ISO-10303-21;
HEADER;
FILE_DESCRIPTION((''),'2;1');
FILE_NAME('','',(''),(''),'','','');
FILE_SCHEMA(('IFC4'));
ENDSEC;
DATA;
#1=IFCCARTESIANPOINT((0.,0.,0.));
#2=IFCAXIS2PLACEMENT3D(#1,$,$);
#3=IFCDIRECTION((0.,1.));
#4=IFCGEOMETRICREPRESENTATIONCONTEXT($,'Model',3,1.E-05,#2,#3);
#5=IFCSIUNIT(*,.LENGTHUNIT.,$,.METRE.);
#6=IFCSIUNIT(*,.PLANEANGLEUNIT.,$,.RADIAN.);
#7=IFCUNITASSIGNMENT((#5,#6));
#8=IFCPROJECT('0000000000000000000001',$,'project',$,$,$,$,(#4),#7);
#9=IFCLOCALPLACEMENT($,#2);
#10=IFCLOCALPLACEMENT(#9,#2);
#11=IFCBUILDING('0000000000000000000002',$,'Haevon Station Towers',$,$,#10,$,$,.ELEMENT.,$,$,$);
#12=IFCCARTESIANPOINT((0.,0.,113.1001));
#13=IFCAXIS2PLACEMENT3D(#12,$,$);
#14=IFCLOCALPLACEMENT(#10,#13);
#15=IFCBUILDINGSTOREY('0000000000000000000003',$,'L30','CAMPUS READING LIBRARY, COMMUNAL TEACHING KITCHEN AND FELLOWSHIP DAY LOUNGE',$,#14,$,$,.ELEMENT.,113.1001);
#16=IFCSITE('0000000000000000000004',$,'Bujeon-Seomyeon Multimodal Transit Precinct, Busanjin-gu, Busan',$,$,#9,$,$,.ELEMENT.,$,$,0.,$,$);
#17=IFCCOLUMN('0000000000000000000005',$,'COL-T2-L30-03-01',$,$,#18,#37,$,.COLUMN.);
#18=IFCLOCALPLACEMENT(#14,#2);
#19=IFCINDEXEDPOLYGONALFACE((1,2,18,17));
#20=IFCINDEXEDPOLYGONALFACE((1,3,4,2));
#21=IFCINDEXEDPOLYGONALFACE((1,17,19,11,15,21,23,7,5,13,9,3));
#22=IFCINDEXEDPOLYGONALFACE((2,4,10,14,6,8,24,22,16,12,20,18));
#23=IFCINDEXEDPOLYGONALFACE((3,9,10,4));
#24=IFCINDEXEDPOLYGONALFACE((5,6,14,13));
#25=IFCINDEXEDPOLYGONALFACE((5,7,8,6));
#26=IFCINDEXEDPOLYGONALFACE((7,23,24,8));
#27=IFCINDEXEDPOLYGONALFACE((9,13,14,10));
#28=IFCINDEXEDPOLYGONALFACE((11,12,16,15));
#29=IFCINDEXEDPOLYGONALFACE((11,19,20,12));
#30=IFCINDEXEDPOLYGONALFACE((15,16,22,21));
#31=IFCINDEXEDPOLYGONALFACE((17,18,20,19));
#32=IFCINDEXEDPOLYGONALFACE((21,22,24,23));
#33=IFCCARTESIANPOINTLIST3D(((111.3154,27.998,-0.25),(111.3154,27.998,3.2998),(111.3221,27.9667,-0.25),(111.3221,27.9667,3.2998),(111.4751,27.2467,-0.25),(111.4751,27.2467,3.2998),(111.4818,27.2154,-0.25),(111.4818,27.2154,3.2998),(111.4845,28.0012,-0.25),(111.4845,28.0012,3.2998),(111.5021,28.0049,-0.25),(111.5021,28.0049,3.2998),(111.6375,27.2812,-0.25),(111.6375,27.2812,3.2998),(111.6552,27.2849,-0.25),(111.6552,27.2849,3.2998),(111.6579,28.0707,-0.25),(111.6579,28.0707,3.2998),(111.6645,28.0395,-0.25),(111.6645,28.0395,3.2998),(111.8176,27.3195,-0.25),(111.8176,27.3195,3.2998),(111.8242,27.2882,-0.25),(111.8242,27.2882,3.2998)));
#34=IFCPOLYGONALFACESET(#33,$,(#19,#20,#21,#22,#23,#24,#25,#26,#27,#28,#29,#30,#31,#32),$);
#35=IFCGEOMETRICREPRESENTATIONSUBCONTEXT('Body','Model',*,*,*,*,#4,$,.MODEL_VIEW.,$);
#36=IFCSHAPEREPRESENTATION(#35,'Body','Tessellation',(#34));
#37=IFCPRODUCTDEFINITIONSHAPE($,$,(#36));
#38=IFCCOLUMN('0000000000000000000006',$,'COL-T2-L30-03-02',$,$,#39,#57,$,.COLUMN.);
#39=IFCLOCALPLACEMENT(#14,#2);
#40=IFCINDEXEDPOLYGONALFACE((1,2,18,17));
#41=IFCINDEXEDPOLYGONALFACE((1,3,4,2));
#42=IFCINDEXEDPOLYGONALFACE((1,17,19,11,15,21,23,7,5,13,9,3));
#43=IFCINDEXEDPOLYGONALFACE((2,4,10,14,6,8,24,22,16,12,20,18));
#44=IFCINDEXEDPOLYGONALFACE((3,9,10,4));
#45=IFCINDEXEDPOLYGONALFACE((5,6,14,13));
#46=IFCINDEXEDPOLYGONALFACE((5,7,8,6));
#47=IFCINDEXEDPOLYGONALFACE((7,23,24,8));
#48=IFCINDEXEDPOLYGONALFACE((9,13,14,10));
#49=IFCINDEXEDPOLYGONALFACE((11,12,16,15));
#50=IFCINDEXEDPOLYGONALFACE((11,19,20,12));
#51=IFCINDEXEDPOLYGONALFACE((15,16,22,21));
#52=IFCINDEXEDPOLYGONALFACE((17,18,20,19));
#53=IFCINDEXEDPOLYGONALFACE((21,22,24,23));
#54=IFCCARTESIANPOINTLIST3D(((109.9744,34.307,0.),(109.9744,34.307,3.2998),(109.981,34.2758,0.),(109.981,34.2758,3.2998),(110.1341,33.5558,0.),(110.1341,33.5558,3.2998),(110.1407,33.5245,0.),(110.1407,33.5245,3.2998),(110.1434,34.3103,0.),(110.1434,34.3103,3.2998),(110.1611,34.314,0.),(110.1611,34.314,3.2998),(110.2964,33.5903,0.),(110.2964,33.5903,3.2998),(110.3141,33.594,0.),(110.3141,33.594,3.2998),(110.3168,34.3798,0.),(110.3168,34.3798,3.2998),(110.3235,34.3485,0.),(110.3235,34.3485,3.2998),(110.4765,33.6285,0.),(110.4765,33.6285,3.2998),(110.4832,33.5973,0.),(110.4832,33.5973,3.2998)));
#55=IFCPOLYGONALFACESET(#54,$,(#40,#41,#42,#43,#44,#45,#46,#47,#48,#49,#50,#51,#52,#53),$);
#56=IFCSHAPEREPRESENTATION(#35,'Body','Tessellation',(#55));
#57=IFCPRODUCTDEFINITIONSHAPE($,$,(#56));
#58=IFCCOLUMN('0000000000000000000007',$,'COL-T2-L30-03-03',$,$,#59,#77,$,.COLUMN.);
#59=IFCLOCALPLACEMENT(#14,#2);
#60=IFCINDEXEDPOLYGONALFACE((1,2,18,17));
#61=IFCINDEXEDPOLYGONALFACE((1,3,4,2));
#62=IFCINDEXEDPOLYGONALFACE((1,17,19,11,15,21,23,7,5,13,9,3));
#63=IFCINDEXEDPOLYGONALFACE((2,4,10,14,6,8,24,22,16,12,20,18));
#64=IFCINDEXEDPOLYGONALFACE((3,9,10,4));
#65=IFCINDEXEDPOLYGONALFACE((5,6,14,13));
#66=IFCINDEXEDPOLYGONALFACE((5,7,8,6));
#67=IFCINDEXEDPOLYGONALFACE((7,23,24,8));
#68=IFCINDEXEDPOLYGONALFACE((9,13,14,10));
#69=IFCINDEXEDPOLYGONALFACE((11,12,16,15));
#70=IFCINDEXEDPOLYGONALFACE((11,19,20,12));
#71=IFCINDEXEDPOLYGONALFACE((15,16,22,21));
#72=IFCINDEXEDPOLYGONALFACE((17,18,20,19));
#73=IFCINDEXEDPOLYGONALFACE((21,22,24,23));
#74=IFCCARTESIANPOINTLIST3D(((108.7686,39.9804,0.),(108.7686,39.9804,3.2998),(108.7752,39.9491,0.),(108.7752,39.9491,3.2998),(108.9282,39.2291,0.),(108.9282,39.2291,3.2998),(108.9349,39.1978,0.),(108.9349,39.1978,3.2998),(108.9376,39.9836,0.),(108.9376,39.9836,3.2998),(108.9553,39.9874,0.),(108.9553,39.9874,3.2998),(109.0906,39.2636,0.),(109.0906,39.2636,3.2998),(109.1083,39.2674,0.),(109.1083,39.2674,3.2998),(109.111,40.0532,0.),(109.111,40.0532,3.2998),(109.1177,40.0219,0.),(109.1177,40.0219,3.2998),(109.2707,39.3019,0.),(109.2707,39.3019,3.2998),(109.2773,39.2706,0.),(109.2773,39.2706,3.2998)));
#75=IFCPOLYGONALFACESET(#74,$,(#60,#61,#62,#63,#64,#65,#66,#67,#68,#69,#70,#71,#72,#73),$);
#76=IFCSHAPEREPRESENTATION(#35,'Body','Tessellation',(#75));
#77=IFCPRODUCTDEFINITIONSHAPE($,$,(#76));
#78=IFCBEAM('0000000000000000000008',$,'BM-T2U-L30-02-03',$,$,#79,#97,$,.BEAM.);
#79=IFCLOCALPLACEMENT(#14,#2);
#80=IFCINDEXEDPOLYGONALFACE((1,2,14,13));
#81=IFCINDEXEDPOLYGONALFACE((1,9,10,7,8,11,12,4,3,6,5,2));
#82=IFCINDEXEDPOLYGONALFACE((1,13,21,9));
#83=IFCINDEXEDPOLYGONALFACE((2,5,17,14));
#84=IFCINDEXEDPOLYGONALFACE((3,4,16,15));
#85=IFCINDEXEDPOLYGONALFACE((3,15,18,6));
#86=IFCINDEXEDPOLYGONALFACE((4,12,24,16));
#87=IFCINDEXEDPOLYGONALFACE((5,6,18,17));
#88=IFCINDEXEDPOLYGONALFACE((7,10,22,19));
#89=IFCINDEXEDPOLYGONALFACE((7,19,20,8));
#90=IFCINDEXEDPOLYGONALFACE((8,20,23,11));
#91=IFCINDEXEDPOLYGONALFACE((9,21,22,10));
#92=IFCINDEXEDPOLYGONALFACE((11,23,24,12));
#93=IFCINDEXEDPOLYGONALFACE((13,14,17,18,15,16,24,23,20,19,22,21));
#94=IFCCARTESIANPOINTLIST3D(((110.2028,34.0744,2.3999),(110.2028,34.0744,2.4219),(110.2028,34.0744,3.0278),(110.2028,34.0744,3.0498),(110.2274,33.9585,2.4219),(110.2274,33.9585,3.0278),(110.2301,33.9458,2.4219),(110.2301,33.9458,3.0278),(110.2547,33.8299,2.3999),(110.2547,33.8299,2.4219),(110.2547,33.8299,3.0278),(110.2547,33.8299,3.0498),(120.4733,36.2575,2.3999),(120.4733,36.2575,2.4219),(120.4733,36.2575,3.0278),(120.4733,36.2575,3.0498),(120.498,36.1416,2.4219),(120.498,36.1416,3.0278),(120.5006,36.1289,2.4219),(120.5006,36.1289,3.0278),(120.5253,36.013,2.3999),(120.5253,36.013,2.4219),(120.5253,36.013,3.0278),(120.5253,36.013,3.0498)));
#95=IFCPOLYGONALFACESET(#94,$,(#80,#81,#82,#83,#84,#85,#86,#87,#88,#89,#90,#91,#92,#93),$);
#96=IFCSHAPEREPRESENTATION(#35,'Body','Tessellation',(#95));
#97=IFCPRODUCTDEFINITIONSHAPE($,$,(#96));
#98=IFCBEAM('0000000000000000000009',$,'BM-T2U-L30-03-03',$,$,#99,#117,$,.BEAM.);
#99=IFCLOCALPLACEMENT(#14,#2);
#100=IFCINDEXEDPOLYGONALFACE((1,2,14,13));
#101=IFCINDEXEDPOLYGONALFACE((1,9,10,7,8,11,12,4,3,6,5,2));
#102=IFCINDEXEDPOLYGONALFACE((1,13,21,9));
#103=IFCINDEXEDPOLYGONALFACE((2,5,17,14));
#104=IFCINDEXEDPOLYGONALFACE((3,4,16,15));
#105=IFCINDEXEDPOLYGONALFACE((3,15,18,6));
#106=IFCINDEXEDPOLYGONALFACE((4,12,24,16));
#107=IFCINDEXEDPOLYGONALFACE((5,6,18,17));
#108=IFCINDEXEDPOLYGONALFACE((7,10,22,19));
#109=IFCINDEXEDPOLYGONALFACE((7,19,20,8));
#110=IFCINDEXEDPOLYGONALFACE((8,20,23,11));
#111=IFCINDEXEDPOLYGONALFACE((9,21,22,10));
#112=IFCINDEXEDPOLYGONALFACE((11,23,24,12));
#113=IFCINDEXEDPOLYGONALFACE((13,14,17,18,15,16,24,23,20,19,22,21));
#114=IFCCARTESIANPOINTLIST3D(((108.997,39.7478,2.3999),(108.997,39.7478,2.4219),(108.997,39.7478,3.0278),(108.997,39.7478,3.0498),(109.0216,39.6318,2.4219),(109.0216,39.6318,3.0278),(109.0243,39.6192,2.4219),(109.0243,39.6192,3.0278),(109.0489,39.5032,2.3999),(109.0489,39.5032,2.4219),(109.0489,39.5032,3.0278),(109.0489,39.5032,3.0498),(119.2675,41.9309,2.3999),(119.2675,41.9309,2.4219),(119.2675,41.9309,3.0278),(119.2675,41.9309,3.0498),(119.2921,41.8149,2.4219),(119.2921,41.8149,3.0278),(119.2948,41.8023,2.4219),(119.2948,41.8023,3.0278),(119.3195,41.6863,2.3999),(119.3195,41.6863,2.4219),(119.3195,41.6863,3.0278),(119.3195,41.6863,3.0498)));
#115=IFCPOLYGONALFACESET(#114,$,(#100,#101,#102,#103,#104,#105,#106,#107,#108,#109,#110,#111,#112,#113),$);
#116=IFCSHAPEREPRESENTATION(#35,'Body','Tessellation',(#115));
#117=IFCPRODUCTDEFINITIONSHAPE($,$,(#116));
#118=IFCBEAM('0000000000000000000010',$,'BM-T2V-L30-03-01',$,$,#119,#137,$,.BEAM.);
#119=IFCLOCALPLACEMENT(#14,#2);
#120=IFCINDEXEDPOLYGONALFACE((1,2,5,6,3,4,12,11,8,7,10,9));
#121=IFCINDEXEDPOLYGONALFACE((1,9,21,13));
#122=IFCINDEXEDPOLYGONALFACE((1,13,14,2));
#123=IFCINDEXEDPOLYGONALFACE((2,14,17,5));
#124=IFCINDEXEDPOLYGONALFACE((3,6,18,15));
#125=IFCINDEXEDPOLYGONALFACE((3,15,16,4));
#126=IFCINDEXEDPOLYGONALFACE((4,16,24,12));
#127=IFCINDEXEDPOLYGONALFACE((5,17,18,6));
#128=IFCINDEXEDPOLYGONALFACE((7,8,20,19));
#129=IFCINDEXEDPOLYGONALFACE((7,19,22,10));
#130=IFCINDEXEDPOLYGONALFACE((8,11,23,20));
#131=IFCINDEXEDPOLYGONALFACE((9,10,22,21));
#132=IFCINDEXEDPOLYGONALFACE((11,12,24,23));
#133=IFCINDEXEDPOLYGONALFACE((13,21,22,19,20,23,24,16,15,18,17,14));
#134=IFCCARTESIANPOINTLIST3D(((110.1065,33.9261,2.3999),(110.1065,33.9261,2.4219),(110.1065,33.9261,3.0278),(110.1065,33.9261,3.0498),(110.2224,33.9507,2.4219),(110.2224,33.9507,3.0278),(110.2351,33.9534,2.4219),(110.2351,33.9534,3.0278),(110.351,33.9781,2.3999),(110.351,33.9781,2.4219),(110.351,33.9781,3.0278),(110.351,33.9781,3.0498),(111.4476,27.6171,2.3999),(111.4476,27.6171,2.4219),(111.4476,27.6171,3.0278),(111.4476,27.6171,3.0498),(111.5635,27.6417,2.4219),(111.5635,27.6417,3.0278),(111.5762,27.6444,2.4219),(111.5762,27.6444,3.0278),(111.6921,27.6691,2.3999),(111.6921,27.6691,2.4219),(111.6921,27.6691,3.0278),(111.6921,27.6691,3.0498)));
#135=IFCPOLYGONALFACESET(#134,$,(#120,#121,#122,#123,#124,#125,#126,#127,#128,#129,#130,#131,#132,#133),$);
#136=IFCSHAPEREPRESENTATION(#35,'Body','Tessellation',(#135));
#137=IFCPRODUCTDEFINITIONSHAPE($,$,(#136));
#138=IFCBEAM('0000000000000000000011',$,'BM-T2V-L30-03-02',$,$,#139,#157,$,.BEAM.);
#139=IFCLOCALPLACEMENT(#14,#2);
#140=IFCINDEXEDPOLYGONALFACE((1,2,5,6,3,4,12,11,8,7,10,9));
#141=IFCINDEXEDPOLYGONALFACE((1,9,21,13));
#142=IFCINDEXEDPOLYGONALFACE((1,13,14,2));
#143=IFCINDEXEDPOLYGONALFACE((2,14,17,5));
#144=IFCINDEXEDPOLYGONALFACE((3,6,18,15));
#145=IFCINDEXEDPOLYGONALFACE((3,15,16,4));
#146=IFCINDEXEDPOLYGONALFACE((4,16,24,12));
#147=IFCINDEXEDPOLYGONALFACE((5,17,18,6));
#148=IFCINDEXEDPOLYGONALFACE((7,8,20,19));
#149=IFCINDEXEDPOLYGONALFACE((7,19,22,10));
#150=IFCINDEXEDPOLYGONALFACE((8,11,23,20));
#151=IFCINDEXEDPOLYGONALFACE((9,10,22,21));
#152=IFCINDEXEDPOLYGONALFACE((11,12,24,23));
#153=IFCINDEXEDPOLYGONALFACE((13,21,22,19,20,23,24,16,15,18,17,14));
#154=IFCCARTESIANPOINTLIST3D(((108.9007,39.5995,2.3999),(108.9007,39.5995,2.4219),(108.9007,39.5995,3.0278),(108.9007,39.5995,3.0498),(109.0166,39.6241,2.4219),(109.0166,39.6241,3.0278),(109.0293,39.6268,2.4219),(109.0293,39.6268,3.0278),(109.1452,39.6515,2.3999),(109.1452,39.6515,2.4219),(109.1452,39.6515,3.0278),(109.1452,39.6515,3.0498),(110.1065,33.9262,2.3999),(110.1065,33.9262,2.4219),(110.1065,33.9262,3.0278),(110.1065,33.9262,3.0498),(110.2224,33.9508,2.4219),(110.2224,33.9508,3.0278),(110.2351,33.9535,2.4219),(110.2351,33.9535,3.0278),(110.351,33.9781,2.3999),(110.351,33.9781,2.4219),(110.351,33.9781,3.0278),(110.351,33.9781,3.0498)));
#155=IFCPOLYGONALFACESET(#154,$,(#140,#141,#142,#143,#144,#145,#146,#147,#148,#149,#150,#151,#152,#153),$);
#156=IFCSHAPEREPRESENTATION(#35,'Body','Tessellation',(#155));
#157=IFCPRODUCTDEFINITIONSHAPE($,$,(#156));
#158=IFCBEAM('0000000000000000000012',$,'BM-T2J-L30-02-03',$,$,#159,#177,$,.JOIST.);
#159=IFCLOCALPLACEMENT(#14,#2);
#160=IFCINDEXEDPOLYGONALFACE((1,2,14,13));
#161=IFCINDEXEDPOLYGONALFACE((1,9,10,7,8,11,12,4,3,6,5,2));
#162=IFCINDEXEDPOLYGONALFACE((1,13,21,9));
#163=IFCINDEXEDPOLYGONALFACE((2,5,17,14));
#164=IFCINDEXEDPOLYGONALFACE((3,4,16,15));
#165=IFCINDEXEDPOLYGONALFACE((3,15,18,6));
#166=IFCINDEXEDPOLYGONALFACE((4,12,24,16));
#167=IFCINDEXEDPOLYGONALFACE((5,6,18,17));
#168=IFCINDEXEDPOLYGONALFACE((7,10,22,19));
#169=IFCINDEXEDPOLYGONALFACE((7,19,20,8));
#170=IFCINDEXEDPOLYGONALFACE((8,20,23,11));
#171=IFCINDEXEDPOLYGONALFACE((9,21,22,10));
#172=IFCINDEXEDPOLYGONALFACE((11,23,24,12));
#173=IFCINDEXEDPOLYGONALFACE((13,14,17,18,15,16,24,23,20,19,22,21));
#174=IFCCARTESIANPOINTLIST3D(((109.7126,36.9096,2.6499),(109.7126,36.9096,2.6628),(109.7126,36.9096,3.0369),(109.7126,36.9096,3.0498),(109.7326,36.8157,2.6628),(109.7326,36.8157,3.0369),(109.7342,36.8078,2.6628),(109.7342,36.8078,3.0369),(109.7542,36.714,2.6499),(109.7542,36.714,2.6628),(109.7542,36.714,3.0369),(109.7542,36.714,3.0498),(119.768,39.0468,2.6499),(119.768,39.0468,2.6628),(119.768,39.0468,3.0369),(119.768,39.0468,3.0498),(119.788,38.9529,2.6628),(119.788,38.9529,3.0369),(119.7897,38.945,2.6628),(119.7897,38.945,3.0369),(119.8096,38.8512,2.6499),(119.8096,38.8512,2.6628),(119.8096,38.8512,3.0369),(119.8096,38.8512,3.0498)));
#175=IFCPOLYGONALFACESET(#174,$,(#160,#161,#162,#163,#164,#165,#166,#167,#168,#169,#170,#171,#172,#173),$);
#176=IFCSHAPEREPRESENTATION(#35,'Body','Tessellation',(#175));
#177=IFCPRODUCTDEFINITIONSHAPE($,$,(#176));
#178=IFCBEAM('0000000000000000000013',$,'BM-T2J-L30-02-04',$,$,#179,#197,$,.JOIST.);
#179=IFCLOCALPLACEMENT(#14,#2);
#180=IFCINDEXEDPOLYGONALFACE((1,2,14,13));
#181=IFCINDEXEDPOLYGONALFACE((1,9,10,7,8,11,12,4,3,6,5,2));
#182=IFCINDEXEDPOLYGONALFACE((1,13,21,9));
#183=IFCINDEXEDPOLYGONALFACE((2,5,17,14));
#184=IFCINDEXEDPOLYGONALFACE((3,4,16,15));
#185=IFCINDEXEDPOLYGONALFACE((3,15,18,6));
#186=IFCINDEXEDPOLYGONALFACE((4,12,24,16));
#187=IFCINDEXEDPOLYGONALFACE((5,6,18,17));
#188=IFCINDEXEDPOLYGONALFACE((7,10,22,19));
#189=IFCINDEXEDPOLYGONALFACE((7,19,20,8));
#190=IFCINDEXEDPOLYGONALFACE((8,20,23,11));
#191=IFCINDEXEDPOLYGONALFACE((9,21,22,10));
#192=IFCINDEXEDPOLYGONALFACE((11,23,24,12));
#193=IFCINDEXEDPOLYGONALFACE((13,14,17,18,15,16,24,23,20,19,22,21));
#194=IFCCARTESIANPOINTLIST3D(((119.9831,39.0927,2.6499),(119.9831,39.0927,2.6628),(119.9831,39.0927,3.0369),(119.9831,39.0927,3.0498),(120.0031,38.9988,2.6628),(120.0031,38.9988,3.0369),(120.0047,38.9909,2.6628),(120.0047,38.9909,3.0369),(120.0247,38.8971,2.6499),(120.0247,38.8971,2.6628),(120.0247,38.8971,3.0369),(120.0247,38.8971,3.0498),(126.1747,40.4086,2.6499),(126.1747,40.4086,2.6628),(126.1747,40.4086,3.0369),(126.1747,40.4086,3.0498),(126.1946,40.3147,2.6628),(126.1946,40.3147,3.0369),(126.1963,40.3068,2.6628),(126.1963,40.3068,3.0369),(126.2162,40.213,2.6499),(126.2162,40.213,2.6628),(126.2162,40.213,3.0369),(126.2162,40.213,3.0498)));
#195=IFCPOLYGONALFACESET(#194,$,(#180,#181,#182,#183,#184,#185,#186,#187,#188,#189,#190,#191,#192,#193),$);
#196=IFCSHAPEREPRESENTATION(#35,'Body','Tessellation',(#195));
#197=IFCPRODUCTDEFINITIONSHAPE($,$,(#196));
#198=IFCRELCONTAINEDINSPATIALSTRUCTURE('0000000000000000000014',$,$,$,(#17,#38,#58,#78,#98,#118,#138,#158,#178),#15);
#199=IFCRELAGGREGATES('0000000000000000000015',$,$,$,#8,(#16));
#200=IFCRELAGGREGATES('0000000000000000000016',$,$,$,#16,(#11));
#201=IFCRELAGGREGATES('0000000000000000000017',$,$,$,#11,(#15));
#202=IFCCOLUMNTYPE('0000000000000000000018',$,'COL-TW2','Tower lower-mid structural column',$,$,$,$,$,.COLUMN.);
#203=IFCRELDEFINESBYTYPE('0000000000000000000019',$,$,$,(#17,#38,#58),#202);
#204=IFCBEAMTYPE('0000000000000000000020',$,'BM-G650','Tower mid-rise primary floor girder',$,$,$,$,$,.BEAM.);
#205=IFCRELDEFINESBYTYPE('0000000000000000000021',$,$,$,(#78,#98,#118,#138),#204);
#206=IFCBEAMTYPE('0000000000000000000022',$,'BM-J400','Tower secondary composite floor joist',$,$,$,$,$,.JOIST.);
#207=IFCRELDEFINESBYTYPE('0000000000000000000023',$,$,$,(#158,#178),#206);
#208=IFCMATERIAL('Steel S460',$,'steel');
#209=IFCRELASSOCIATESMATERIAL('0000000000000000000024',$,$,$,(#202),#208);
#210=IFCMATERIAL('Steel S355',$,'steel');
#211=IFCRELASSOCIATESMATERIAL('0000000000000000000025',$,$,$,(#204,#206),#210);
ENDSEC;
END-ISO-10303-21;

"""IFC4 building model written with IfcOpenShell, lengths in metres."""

from ifc_helpers import new_model, si_unit, direction, frame, origin, origin_2d, place, context, subcontext, project, spatial, i_section, extrude, material, material_profile, profile_set, type_object, element, save


model = new_model("IFC4")

# Units and contexts
model_context = context("Model", 3, precision=1e-05, world=origin(), true_north=direction((0.0, 1.0)))
body_context = subcontext(model_context, "Body", "Model", "MODEL_VIEW")
ifc_project = project(units=[si_unit("LENGTHUNIT", "METRE"), si_unit("PLANEANGLEUNIT", "RADIAN")], contexts=[model_context])

# Site, building, storey
site_placement = place(None, origin())
site = spatial("IfcSite", under=ifc_project, at=site_placement, Name="Bujeon-Seomyeon Multimodal Transit Precinct, Busanjin-gu, Busan", CompositionType="ELEMENT", RefElevation=0.0)
building_placement = place(site_placement, origin())
building = spatial("IfcBuilding", under=site, at=building_placement, Name="Haevon Station Towers", CompositionType="ELEMENT")
storey_placement = place(building_placement, frame((0.0, 0.0, 113.1001)))
storey = spatial("IfcBuildingStorey", under=building, at=storey_placement, Name="L30", Description="CAMPUS READING LIBRARY, COMMUNAL TEACHING KITCHEN AND FELLOWSHIP DAY LOUNGE", CompositionType="ELEMENT", Elevation=113.1001)

# Columns
ifc_material_1 = material(Name="Steel S460", Category="steel")
ifc_material_profile_1 = material_profile(ifc_material_1, i_section(OverallWidth=0.3501, OverallDepth=0.8, WebThickness=0.0181, FlangeThickness=0.032, at=origin_2d()), Name="H-800x350x18x32")
ifc_profile_set_1 = profile_set([ifc_material_profile_1], Name="Steel S460")
column_type = type_object("IfcColumnType", Name="COL-TW2", Description="Tower lower-mid structural column", PredefinedType="COLUMN", material=ifc_profile_set_1)
column_placement = place(storey_placement, frame((111.5698, 27.6431, -0.25), z_axis=(0.0, 0.0, 1.0), x_axis=(0.978148, 0.207912, 0.0)))
element("IfcColumn", 1, at=column_placement, inside=storey, type_object=column_type, Name="COL-T2-L30-03-01", PredefinedType="COLUMN", context=body_context, shape_type="SweptSolid", body=[
    extrude(i_section(OverallWidth=0.3501, OverallDepth=0.8, WebThickness=0.0181, FlangeThickness=0.032, at=origin_2d()), origin(), (0.0, 0.0, 1.0), 3.5498),
])
for number, where, z_axis, x_axis, name in (
    (2, (110.2288, 33.9521, 0.0), (0.0, 0.0, 1.0), (0.978148, 0.207912, 0.0), "COL-T2-L30-03-02"),
    (3, (109.0229, 39.6255, 0.0), (0.0, 0.0, 1.0), (0.978148, 0.207912, 0.0), "COL-T2-L30-03-03"),
):
    element("IfcColumn", number, at=place(storey_placement, frame(where, z_axis=z_axis, x_axis=x_axis)), inside=storey, type_object=column_type, Name=name, PredefinedType="COLUMN", context=body_context, shape_type="SweptSolid", body=[
        extrude(i_section(OverallWidth=0.3501, OverallDepth=0.8, WebThickness=0.0181, FlangeThickness=0.032, at=origin_2d()), origin(), (0.0, 0.0, 1.0), 3.2998),
    ])

# Beams
ifc_material_2 = material(Name="Steel S355", Category="steel")
ifc_material_profile_2 = material_profile(ifc_material_2, i_section(OverallWidth=0.25, OverallDepth=0.6499, WebThickness=0.0129, FlangeThickness=0.022, at=origin_2d()), Name="H-650x250x13x22")
ifc_profile_set_2 = profile_set([ifc_material_profile_2], Name="Steel S355")
beam_type_1 = type_object("IfcBeamType", Name="BM-G650", Description="Tower mid-rise primary floor girder", PredefinedType="BEAM", material=ifc_profile_set_2)
for number, where, z_axis, x_axis, name in (
    (4, (110.2288, 33.9521, 2.7249), (0.978147, 0.207915, 0.0), (-0.207915, 0.978147, 0.0), "BM-T2U-L30-02-03"),
    (5, (109.0229, 39.6255, 2.7249), (0.978147, 0.207915, 0.0), (-0.207915, 0.978147, 0.0), "BM-T2U-L30-03-03"),
):
    element("IfcBeam", number, at=place(storey_placement, frame(where, z_axis=z_axis, x_axis=x_axis)), inside=storey, type_object=beam_type_1, Name=name, PredefinedType="BEAM", context=body_context, shape_type="SweptSolid", body=[
        extrude(i_section(OverallWidth=0.25, OverallDepth=0.6499, WebThickness=0.0129, FlangeThickness=0.022, at=origin_2d()), origin(), (0.0, 0.0, 1.0), 10.5),
    ])
beam_1_placement = place(storey_placement, frame((111.5698, 27.6431, 2.7249), z_axis=(-0.207916, 0.978147, 0.0), x_axis=(-0.978147, -0.207916, 0.0)))
element("IfcBeam", 6, at=beam_1_placement, inside=storey, type_object=beam_type_1, Name="BM-T2V-L30-03-01", PredefinedType="BEAM", context=body_context, shape_type="SweptSolid", body=[
    extrude(i_section(OverallWidth=0.25, OverallDepth=0.6499, WebThickness=0.0129, FlangeThickness=0.022, at=origin_2d()), origin(), (0.0, 0.0, 1.0), 6.45),
])
beam_2_placement = place(storey_placement, frame((110.2288, 33.9521, 2.7249), z_axis=(-0.207896, 0.978151, 0.0), x_axis=(-0.978151, -0.207896, 0.0)))
element("IfcBeam", 7, at=beam_2_placement, inside=storey, type_object=beam_type_1, Name="BM-T2V-L30-03-02", PredefinedType="BEAM", context=body_context, shape_type="SweptSolid", body=[
    extrude(i_section(OverallWidth=0.25, OverallDepth=0.6499, WebThickness=0.0129, FlangeThickness=0.022, at=origin_2d()), origin(), (0.0, 0.0, 1.0), 5.8),
])
ifc_material_profile_3 = material_profile(ifc_material_2, i_section(OverallWidth=0.2, OverallDepth=0.3999, WebThickness=0.0081, FlangeThickness=0.0129, at=origin_2d()), Name="H-400x200x8x13")
ifc_profile_set_3 = profile_set([ifc_material_profile_3], Name="Steel S355")
beam_type_2 = type_object("IfcBeamType", Name="BM-J400", Description="Tower secondary composite floor joist", PredefinedType="JOIST", material=ifc_profile_set_3)
beam_3_placement = place(storey_placement, frame((109.7334, 36.8118, 2.8499), z_axis=(0.97815, 0.207899, 0.0), x_axis=(-0.207899, 0.97815, 0.0)))
element("IfcBeam", 8, at=beam_3_placement, inside=storey, type_object=beam_type_2, Name="BM-T2J-L30-02-03", PredefinedType="JOIST", context=body_context, shape_type="SweptSolid", body=[
    extrude(i_section(OverallWidth=0.2, OverallDepth=0.3999, WebThickness=0.0081, FlangeThickness=0.0129, at=origin_2d()), origin(), (0.0, 0.0, 1.0), 10.28),
])
beam_4_placement = place(storey_placement, frame((120.0039, 38.9949, 2.8499), z_axis=(0.978153, 0.207888, 0.0), x_axis=(-0.207888, 0.978153, 0.0)))
element("IfcBeam", 9, at=beam_4_placement, inside=storey, type_object=beam_type_2, Name="BM-T2J-L30-02-04", PredefinedType="JOIST", context=body_context, shape_type="SweptSolid", body=[
    extrude(i_section(OverallWidth=0.2, OverallDepth=0.3999, WebThickness=0.0081, FlangeThickness=0.0129, at=origin_2d()), origin(), (0.0, 0.0, 1.0), 6.3298),
])

save(model, "model.ifc")
